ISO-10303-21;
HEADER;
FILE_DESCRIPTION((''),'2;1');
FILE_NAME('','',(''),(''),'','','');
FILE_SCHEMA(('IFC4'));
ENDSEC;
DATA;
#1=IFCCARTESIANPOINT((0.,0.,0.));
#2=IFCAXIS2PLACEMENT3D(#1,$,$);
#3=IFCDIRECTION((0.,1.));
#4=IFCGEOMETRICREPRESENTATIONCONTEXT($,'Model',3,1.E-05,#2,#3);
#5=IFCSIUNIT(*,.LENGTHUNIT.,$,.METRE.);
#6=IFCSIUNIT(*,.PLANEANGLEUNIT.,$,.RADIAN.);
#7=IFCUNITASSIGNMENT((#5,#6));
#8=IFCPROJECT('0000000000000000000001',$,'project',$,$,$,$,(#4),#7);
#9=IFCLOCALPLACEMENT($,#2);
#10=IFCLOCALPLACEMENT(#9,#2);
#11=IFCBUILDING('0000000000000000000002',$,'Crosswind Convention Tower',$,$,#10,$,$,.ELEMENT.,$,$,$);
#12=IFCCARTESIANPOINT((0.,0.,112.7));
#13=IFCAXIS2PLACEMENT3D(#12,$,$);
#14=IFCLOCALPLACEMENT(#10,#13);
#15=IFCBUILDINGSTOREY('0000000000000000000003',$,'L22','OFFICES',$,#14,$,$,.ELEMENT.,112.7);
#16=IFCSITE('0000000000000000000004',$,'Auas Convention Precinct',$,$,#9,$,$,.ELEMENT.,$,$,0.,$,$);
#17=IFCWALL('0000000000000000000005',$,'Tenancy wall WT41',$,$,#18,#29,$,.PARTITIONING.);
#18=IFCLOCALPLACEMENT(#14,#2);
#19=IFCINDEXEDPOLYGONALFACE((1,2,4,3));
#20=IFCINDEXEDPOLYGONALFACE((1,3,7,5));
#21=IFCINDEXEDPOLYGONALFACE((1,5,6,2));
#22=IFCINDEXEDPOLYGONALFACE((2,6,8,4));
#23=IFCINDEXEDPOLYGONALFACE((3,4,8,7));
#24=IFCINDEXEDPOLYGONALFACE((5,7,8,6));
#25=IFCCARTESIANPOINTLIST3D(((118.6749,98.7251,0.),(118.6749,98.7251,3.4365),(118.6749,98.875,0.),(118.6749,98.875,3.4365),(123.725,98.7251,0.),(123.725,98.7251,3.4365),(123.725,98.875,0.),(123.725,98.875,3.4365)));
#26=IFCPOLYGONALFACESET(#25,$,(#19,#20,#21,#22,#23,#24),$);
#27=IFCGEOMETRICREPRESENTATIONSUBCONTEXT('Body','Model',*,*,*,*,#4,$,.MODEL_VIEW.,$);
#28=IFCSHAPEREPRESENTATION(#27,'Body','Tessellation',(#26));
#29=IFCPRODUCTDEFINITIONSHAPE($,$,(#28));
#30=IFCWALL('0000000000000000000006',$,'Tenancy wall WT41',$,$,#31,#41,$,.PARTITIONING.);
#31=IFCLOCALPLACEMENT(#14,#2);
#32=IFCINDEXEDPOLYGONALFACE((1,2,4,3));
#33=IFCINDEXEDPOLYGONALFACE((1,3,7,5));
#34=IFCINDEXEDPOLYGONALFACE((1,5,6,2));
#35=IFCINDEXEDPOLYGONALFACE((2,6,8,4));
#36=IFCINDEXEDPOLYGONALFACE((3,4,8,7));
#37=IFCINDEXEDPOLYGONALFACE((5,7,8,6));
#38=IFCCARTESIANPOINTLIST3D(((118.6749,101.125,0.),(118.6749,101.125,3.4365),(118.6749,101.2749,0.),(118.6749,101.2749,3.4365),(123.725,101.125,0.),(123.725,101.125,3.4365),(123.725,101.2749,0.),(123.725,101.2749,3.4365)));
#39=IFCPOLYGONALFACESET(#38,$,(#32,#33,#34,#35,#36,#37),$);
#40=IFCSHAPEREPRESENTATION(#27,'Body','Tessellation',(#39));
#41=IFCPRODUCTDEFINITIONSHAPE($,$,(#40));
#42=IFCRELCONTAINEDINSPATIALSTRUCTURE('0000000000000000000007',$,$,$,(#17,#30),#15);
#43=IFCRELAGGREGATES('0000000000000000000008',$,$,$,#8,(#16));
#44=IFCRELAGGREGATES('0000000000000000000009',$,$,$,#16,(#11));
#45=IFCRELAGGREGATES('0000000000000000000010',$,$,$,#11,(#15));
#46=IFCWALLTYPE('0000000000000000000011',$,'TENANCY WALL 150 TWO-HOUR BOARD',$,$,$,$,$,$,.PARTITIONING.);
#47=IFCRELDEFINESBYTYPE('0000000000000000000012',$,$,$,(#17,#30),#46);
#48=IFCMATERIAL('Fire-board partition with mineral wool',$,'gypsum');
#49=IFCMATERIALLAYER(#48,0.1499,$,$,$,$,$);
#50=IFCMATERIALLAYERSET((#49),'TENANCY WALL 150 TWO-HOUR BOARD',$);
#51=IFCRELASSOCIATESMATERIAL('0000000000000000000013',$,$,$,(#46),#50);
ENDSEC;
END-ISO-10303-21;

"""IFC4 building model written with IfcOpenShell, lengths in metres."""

from ifc_helpers import new_model, si_unit, direction, frame, frame_2d, origin, place, context, subcontext, project, spatial, rectangle, extrude, material, layer, layer_set, type_object, element, save


model = new_model("IFC4")

# Units and contexts
model_context = context("Model", 3, precision=1e-05, world=origin(), true_north=direction((0.0, 1.0)))
body_context = subcontext(model_context, "Body", "Model", "MODEL_VIEW")
ifc_project = project(units=[si_unit("LENGTHUNIT", "METRE"), si_unit("PLANEANGLEUNIT", "RADIAN")], contexts=[model_context])

# Site, building, storey
site_placement = place(None, origin())
site = spatial("IfcSite", under=ifc_project, at=site_placement, Name="Auas Convention Precinct", CompositionType="ELEMENT", RefElevation=0.0)
building_placement = place(site_placement, origin())
building = spatial("IfcBuilding", under=site, at=building_placement, Name="Crosswind Convention Tower", CompositionType="ELEMENT")
storey_placement = place(building_placement, frame((0.0, 0.0, 112.7)))
storey = spatial("IfcBuildingStorey", under=building, at=storey_placement, Name="L22", Description="OFFICES", CompositionType="ELEMENT", Elevation=112.7)

# Walls
ifc_material_1 = material(Name="Fire-board partition with mineral wool", Category="gypsum")
ifc_layer_1 = layer(ifc_material_1, 0.1499)
ifc_layer_set_1 = layer_set([ifc_layer_1], Name="TENANCY WALL 150 TWO-HOUR BOARD")
wall_type_1 = type_object("IfcWallType", Name="TENANCY WALL 150 TWO-HOUR BOARD", PredefinedType="PARTITIONING", material=ifc_layer_set_1)
for number, where, z_axis, x_axis, name in (
    (1, (118.675, 98.8, 0.0), (0.0, 0.0, 1.0), (1.0, 0.0, 0.0), "Tenancy wall WT41"),
    (2, (118.675, 101.2, 0.0), (0.0, 0.0, 1.0), (1.0, 0.0, 0.0), "Tenancy wall WT41"),
):
    element("IfcWall", number, at=place(storey_placement, frame(where, z_axis=z_axis, x_axis=x_axis)), inside=storey, type_object=wall_type_1, Name=name, PredefinedType="PARTITIONING", context=body_context, shape_type="SweptSolid", body=[
        extrude(rectangle(XDim=5.05, YDim=0.1499, at=frame_2d((2.5249, 0.0))), origin(), (0.0, 0.0, 1.0), 3.4365),
    ])

save(model, "model.ifc")
